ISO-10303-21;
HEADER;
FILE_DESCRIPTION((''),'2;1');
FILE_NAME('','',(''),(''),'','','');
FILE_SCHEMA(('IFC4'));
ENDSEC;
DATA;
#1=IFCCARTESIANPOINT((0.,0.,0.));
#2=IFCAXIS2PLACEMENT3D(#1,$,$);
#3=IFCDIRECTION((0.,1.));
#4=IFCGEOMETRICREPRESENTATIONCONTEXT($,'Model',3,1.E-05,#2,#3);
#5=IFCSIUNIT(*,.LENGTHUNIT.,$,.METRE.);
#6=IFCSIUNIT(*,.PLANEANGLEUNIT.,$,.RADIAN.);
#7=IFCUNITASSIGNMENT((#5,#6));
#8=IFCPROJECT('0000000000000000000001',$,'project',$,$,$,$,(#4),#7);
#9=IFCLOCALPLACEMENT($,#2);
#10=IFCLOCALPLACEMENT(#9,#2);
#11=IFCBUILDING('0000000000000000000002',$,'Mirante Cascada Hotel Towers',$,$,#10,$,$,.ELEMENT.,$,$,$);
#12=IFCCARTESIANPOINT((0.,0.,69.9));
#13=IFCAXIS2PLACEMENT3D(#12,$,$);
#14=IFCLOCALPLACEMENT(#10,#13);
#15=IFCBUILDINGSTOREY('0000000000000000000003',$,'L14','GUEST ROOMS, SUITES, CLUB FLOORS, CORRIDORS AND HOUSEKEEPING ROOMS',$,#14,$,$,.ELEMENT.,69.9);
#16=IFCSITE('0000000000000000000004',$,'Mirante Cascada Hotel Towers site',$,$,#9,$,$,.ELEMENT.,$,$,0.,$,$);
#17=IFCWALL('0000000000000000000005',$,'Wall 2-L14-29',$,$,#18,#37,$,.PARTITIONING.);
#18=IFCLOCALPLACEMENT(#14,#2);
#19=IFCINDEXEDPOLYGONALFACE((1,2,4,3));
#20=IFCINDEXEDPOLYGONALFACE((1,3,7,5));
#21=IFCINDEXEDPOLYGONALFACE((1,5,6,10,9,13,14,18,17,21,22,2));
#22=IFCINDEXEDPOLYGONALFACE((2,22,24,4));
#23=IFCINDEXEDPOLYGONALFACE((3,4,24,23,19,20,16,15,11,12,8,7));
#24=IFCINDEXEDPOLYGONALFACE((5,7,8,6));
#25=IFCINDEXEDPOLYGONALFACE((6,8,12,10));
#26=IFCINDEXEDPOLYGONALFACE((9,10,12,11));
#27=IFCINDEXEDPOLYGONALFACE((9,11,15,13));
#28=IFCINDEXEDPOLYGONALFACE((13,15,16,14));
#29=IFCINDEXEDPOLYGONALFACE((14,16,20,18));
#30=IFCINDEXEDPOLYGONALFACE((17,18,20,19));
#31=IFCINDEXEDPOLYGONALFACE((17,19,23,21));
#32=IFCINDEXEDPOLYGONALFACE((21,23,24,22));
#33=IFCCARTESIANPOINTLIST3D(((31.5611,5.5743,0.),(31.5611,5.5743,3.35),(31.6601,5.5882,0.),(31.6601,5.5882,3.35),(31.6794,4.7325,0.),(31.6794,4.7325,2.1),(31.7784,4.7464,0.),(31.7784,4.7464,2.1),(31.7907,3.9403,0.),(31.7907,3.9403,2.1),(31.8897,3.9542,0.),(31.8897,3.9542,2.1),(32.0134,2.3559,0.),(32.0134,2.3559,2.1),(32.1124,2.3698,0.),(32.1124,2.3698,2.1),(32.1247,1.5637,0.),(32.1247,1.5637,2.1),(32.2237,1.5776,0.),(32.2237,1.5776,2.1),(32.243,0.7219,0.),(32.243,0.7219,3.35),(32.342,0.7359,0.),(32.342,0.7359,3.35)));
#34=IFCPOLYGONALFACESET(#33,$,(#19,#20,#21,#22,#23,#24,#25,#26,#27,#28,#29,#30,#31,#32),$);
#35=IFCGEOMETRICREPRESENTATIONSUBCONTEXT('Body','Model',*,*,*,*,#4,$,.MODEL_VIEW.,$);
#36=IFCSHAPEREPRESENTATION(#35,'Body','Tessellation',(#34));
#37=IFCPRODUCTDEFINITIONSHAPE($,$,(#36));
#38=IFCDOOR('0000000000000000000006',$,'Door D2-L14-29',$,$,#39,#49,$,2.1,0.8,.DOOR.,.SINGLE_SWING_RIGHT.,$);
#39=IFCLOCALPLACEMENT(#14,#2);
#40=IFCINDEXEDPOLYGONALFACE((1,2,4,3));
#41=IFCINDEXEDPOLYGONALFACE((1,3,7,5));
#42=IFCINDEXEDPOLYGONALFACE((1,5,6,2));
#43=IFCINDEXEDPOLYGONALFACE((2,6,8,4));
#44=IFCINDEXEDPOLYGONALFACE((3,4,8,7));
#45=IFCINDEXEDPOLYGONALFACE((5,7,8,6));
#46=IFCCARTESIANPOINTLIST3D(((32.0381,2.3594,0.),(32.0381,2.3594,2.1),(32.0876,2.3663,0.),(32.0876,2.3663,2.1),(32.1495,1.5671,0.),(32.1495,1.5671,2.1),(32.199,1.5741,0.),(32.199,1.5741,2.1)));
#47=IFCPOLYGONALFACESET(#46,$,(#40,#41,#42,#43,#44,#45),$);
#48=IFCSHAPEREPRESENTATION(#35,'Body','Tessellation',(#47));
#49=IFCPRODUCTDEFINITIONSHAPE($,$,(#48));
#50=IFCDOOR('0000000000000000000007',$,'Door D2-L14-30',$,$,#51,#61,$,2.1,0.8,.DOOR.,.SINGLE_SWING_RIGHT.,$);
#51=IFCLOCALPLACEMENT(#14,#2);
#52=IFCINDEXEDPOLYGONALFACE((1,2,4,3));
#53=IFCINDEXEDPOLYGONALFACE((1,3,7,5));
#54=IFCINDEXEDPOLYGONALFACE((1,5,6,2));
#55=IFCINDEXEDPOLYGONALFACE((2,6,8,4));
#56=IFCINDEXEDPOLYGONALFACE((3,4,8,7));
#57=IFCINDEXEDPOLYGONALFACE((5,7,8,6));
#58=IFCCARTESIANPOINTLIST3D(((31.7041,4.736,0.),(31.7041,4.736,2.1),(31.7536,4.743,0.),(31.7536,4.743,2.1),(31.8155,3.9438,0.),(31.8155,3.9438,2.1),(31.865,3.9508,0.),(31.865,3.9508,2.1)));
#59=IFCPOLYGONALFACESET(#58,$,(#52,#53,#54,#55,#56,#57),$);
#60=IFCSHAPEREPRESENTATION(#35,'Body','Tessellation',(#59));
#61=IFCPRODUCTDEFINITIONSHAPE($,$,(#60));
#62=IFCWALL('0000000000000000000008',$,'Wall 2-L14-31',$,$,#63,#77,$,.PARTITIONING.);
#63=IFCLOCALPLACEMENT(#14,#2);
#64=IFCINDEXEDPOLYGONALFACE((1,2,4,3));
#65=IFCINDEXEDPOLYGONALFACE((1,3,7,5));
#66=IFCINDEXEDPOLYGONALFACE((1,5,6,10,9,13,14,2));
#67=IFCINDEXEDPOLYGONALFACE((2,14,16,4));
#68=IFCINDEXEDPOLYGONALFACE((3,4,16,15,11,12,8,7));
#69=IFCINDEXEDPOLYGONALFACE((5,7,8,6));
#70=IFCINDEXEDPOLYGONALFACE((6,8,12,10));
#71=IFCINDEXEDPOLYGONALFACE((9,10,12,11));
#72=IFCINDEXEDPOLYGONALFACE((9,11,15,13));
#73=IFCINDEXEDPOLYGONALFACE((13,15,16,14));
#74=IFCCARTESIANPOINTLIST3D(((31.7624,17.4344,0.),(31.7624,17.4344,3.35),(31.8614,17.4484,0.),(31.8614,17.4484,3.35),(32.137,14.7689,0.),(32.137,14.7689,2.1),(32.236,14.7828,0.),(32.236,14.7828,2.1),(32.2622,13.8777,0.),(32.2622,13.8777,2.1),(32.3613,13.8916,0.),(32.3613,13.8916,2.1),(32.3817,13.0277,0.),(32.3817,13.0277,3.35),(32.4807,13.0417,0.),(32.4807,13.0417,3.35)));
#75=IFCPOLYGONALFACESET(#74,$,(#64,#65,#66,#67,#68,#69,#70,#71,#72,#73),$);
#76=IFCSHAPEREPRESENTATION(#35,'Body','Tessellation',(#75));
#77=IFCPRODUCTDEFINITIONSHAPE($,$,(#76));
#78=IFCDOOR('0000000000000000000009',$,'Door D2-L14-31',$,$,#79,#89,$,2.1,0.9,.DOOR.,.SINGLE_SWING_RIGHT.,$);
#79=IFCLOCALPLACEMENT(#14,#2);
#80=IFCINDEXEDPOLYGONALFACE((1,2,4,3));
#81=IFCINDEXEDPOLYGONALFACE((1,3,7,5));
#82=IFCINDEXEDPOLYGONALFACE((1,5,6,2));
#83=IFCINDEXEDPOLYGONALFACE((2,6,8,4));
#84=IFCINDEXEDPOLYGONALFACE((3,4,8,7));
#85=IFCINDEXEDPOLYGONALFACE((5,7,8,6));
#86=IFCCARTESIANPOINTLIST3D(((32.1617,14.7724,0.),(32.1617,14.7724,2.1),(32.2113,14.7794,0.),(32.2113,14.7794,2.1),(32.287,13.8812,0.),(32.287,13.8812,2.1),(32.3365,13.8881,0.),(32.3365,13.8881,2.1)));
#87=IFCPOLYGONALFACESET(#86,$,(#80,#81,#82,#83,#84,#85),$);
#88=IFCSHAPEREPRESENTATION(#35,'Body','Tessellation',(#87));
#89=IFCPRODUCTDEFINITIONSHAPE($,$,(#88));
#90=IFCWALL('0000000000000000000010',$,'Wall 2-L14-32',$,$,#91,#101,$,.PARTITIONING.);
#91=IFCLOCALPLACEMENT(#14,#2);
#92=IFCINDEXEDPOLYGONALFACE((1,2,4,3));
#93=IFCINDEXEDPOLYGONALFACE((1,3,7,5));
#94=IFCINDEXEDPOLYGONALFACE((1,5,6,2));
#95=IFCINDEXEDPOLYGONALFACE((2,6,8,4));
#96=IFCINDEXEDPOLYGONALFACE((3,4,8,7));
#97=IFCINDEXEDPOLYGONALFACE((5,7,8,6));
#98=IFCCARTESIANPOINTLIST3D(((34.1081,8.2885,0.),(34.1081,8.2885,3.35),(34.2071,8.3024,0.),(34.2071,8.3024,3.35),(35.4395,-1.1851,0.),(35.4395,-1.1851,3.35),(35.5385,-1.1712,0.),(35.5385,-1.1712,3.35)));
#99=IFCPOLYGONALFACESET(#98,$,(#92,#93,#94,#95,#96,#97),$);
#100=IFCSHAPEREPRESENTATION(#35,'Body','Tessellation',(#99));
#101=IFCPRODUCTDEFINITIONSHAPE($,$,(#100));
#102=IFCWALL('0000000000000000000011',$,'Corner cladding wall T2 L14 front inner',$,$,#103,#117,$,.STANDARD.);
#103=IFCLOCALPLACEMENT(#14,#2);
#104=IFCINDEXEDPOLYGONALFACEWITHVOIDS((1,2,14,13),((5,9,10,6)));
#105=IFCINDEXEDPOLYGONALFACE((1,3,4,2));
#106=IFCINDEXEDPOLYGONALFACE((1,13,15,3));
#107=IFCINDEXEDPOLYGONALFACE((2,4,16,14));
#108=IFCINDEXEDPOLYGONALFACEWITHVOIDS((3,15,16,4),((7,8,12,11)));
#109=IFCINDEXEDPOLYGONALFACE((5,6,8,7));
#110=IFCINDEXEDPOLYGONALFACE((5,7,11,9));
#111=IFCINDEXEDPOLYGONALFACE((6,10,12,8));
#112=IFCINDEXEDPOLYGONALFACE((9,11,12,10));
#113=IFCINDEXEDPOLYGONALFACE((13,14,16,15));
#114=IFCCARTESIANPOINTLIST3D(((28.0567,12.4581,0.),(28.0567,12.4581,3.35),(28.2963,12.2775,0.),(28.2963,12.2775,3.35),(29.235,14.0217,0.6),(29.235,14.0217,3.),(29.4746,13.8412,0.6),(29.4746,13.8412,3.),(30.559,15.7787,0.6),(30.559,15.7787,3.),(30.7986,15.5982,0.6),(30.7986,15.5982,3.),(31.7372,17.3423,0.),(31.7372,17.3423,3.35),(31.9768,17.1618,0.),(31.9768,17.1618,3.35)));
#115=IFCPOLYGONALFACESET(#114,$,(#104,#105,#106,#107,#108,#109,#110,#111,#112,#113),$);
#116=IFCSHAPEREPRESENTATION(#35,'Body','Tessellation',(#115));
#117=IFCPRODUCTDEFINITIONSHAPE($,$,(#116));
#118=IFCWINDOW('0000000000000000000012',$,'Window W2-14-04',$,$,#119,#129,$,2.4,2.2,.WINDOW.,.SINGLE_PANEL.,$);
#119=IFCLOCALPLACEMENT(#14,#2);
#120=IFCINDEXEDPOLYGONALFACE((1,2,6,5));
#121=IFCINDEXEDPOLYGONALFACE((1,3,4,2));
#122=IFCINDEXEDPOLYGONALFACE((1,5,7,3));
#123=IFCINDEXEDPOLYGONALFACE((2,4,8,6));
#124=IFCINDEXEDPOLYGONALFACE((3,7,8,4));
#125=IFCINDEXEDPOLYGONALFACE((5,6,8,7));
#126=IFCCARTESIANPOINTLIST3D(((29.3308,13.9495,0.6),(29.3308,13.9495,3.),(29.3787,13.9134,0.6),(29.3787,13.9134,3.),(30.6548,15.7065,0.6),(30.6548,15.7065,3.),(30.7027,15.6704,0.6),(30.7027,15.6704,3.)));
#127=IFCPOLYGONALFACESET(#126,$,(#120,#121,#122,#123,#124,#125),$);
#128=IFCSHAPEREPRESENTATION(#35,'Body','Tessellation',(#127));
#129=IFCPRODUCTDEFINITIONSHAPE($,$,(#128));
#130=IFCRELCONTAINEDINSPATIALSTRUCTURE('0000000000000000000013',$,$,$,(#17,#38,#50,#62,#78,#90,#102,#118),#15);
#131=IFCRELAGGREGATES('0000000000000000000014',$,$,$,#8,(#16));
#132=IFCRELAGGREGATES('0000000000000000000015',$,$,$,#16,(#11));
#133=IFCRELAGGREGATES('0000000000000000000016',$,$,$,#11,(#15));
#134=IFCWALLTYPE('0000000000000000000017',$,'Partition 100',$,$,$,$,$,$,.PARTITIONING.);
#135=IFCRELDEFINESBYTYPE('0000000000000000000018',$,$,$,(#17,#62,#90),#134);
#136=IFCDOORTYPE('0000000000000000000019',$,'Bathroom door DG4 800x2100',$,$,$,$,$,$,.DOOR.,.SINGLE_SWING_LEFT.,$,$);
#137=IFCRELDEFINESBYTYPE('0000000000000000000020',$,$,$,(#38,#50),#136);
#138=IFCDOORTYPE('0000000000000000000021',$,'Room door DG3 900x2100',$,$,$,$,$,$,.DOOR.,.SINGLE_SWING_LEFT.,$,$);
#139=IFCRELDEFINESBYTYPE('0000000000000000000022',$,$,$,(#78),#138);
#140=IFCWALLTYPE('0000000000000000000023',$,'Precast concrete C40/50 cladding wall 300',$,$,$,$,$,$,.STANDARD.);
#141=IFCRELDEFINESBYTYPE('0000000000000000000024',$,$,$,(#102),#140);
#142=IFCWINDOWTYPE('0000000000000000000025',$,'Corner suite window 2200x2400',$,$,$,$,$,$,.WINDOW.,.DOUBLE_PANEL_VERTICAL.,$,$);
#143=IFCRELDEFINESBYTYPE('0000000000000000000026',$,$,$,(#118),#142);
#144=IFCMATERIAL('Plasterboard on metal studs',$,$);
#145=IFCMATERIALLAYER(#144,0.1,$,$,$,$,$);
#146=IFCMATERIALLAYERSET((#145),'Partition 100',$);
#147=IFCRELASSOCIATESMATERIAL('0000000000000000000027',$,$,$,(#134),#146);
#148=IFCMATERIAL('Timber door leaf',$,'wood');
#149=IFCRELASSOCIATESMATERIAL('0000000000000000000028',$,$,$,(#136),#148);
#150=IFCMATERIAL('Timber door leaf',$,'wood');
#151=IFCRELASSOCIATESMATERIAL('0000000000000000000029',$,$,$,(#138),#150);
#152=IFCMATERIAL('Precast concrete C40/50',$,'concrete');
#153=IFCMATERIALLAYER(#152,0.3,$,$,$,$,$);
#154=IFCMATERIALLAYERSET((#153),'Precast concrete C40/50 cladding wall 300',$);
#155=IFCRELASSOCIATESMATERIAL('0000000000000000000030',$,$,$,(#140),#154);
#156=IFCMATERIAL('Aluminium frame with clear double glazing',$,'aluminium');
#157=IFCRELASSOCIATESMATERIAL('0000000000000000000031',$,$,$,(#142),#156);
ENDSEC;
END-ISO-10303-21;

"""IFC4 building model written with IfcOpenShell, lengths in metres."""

from ifc_helpers import new_model, si_unit, direction, frame, frame_2d, origin, place, context, subcontext, project, spatial, rectangle, extrude, material, layer, layer_set, type_object, element, fill, save


model = new_model("IFC4")

# Units and contexts
model_context = context("Model", 3, precision=1e-05, world=origin(), true_north=direction((0.0, 1.0)))
body_context = subcontext(model_context, "Body", "Model", "MODEL_VIEW")
ifc_project = project(units=[si_unit("LENGTHUNIT", "METRE"), si_unit("PLANEANGLEUNIT", "RADIAN")], contexts=[model_context])

# Site, building, storey
site_placement = place(None, origin())
site = spatial("IfcSite", under=ifc_project, at=site_placement, Name="Mirante Cascada Hotel Towers site", CompositionType="ELEMENT", RefElevation=0.0)
building_placement = place(site_placement, origin())
building = spatial("IfcBuilding", under=site, at=building_placement, Name="Mirante Cascada Hotel Towers", CompositionType="ELEMENT")
storey_placement = place(building_placement, frame((0.0, 0.0, 69.9)))
storey = spatial("IfcBuildingStorey", under=building, at=storey_placement, Name="L14", Description="GUEST ROOMS, SUITES, CLUB FLOORS, CORRIDORS AND HOUSEKEEPING ROOMS", CompositionType="ELEMENT", Elevation=69.9)

# Shared definitions
ifc_material_1 = material(Name="Plasterboard on metal studs")
ifc_layer_1 = layer(ifc_material_1, 0.1)
ifc_layer_set_1 = layer_set([ifc_layer_1], Name="Partition 100")
wall_type_1 = type_object("IfcWallType", Name="Partition 100", PredefinedType="PARTITIONING", material=ifc_layer_set_1)

# Wall, openings, doors
wall_1_placement = place(storey_placement, frame((32.2925, 0.7289, 0.0), z_axis=(0.0, 0.0, 1.0), x_axis=(-0.139164, 0.990269, 0.0)))
wall_1 = element("IfcWall", 1, at=wall_1_placement, inside=storey, type_object=wall_type_1, Name="Wall 2-L14-29", PredefinedType="PARTITIONING", context=body_context, shape_type="SweptSolid", body=[
    extrude(rectangle(XDim=4.9, YDim=0.1, at=frame_2d((2.45, 0.0))), origin(), (0.0, 0.0, 1.0), 3.35),
])
opening_1_placement = place(wall_1_placement, frame((0.85, 0.0, 0.0)))
opening_1 = element("IfcOpeningElement", 2, at=opening_1_placement, cuts=wall_1, PredefinedType="OPENING", context=body_context, shape_type="SweptSolid", body=[
    extrude(rectangle(XDim=0.8, YDim=2.1, at=frame_2d((0.4, 1.05))), frame((0.0, 0.05, 0.0), z_axis=(0.0, -1.0, 0.0), x_axis=(1.0, 0.0, 0.0)), (0.0, 0.0, 1.0), 0.1),
])
opening_2_placement = place(wall_1_placement, frame((3.25, 0.0, 0.0)))
opening_2 = element("IfcOpeningElement", 3, at=opening_2_placement, cuts=wall_1, PredefinedType="OPENING", context=body_context, shape_type="SweptSolid", body=[
    extrude(rectangle(XDim=0.8, YDim=2.1, at=frame_2d((0.4, 1.05))), frame((0.0, 0.05, 0.0), z_axis=(0.0, -1.0, 0.0), x_axis=(1.0, 0.0, 0.0)), (0.0, 0.0, 1.0), 0.1),
])
ifc_material_2 = material(Name="Timber door leaf", Category="wood")
door_type_1 = type_object("IfcDoorType", Name="Bathroom door DG4 800x2100", OperationType="SINGLE_SWING_LEFT", PredefinedType="DOOR", material=ifc_material_2)
door_1_placement = place(opening_1_placement, frame((0.8, 0.0, 0.0), z_axis=(0.0, 0.0, 1.0), x_axis=(-1.0, 0.0, 0.0)))
door_1 = element("IfcDoor", 4, at=door_1_placement, inside=storey, type_object=door_type_1, Name="Door D2-L14-29", OperationType="SINGLE_SWING_RIGHT", OverallHeight=2.1, OverallWidth=0.8, PredefinedType="DOOR", context=body_context, shape_type="SweptSolid", body=[
    extrude(rectangle(XDim=0.8, YDim=2.1, at=frame_2d((0.4, 1.05))), frame((0.0, 0.025, 0.0), z_axis=(0.0, -1.0, 0.0), x_axis=(1.0, 0.0, 0.0)), (0.0, 0.0, 1.0), 0.05),
])
fill(opening_1, door_1)
door_2_placement = place(opening_2_placement, frame((0.8, 0.0, 0.0), z_axis=(0.0, 0.0, 1.0), x_axis=(-1.0, 0.0, 0.0)))
door_2 = element("IfcDoor", 5, at=door_2_placement, inside=storey, type_object=door_type_1, Name="Door D2-L14-30", OperationType="SINGLE_SWING_RIGHT", OverallHeight=2.1, OverallWidth=0.8, PredefinedType="DOOR", context=body_context, shape_type="SweptSolid", body=[
    extrude(rectangle(XDim=0.8, YDim=2.1, at=frame_2d((0.4, 1.05))), frame((0.0, 0.025, 0.0), z_axis=(0.0, -1.0, 0.0), x_axis=(1.0, 0.0, 0.0)), (0.0, 0.0, 1.0), 0.05),
])
fill(opening_2, door_2)

# Wall, opening, door
wall_2_placement = place(storey_placement, frame((32.4312, 13.0347, 0.0), z_axis=(0.0, 0.0, 1.0), x_axis=(-0.139168, 0.990269, 0.0)))
wall_2 = element("IfcWall", 6, at=wall_2_placement, inside=storey, type_object=wall_type_1, Name="Wall 2-L14-31", PredefinedType="PARTITIONING", context=body_context, shape_type="SweptSolid", body=[
    extrude(rectangle(XDim=4.45, YDim=0.1, at=frame_2d((2.225, 0.0))), origin(), (0.0, 0.0, 1.0), 3.35),
])
opening_3_placement = place(wall_2_placement, frame((0.8583, 0.0, 0.0)))
opening_3 = element("IfcOpeningElement", 7, at=opening_3_placement, cuts=wall_2, PredefinedType="OPENING", context=body_context, shape_type="SweptSolid", body=[
    extrude(rectangle(XDim=0.9, YDim=2.1, at=frame_2d((0.45, 1.05))), frame((0.0, 0.05, 0.0), z_axis=(0.0, -1.0, 0.0), x_axis=(1.0, 0.0, 0.0)), (0.0, 0.0, 1.0), 0.1),
])
ifc_material_3 = material(Name="Timber door leaf", Category="wood")
door_type_2 = type_object("IfcDoorType", Name="Room door DG3 900x2100", OperationType="SINGLE_SWING_LEFT", PredefinedType="DOOR", material=ifc_material_3)
door_3_placement = place(opening_3_placement, frame((0.9, 0.0, 0.0), z_axis=(0.0, 0.0, 1.0), x_axis=(-1.0, 0.0, 0.0)))
door_3 = element("IfcDoor", 8, at=door_3_placement, inside=storey, type_object=door_type_2, Name="Door D2-L14-31", OperationType="SINGLE_SWING_RIGHT", OverallHeight=2.1, OverallWidth=0.9, PredefinedType="DOOR", context=body_context, shape_type="SweptSolid", body=[
    extrude(rectangle(XDim=0.9, YDim=2.1, at=frame_2d((0.45, 1.05))), frame((0.0, 0.025, 0.0), z_axis=(0.0, -1.0, 0.0), x_axis=(1.0, 0.0, 0.0)), (0.0, 0.0, 1.0), 0.05),
])
fill(opening_3, door_3)

# Wall
wall_3_placement = place(storey_placement, frame((34.1576, 8.2955, 0.0), z_axis=(0.0, 0.0, 1.0), x_axis=(0.13917, -0.990268, 0.0)))
element("IfcWall", 9, at=wall_3_placement, inside=storey, type_object=wall_type_1, Name="Wall 2-L14-32", PredefinedType="PARTITIONING", context=body_context, shape_type="SweptSolid", body=[
    extrude(rectangle(XDim=9.5667, YDim=0.1, at=frame_2d((4.7834, 0.0))), origin(), (0.0, 0.0, 1.0), 3.35),
])

# Wall, opening, window
ifc_material_4 = material(Name="Precast concrete C40/50", Category="concrete")
ifc_layer_2 = layer(ifc_material_4, 0.3)
ifc_layer_set_2 = layer_set([ifc_layer_2], Name="Precast concrete C40/50 cladding wall 300")
wall_type_2 = type_object("IfcWallType", Name="Precast concrete C40/50 cladding wall 300", PredefinedType="STANDARD", material=ifc_layer_set_2)
wall_4_placement = place(storey_placement, frame((31.857, 17.252, 0.0), z_axis=(0.0, 0.0, 1.0), x_axis=(-0.601814, -0.798636, 0.0)))
wall_4 = element("IfcWall", 10, at=wall_4_placement, inside=storey, type_object=wall_type_2, Name="Corner cladding wall T2 L14 front inner", PredefinedType="STANDARD", context=body_context, shape_type="SweptSolid", body=[
    extrude(rectangle(XDim=6.1157, YDim=0.3, at=frame_2d((3.0578, 0.0))), origin(), (0.0, 0.0, 1.0), 3.35),
])
opening_4_placement = place(wall_4_placement, frame((1.9578, 0.0, 0.6)))
opening_4 = element("IfcOpeningElement", 11, at=opening_4_placement, cuts=wall_4, PredefinedType="OPENING", context=body_context, shape_type="SweptSolid", body=[
    extrude(rectangle(XDim=2.2, YDim=2.4, at=frame_2d((1.1, 1.2))), frame((0.0, 0.15, 0.0), z_axis=(0.0, -1.0, 0.0), x_axis=(1.0, 0.0, 0.0)), (0.0, 0.0, 1.0), 0.3),
])
ifc_material_5 = material(Name="Aluminium frame with clear double glazing", Category="aluminium")
window_type = type_object("IfcWindowType", Name="Corner suite window 2200x2400", PartitioningType="DOUBLE_PANEL_VERTICAL", PredefinedType="WINDOW", material=ifc_material_5)
window_placement = place(opening_4_placement, origin())
window = element("IfcWindow", 12, at=window_placement, inside=storey, type_object=window_type, Name="Window W2-14-04", OverallHeight=2.4, OverallWidth=2.2, PartitioningType="SINGLE_PANEL", PredefinedType="WINDOW", context=body_context, shape_type="SweptSolid", body=[
    extrude(rectangle(XDim=2.2, YDim=2.4, at=frame_2d((1.1, 1.2))), frame((0.0, 0.03, 0.0), z_axis=(0.0, -1.0, 0.0), x_axis=(1.0, 0.0, 0.0)), (0.0, 0.0, 1.0), 0.06),
])
fill(opening_4, window)

save(model, "model.ifc")
